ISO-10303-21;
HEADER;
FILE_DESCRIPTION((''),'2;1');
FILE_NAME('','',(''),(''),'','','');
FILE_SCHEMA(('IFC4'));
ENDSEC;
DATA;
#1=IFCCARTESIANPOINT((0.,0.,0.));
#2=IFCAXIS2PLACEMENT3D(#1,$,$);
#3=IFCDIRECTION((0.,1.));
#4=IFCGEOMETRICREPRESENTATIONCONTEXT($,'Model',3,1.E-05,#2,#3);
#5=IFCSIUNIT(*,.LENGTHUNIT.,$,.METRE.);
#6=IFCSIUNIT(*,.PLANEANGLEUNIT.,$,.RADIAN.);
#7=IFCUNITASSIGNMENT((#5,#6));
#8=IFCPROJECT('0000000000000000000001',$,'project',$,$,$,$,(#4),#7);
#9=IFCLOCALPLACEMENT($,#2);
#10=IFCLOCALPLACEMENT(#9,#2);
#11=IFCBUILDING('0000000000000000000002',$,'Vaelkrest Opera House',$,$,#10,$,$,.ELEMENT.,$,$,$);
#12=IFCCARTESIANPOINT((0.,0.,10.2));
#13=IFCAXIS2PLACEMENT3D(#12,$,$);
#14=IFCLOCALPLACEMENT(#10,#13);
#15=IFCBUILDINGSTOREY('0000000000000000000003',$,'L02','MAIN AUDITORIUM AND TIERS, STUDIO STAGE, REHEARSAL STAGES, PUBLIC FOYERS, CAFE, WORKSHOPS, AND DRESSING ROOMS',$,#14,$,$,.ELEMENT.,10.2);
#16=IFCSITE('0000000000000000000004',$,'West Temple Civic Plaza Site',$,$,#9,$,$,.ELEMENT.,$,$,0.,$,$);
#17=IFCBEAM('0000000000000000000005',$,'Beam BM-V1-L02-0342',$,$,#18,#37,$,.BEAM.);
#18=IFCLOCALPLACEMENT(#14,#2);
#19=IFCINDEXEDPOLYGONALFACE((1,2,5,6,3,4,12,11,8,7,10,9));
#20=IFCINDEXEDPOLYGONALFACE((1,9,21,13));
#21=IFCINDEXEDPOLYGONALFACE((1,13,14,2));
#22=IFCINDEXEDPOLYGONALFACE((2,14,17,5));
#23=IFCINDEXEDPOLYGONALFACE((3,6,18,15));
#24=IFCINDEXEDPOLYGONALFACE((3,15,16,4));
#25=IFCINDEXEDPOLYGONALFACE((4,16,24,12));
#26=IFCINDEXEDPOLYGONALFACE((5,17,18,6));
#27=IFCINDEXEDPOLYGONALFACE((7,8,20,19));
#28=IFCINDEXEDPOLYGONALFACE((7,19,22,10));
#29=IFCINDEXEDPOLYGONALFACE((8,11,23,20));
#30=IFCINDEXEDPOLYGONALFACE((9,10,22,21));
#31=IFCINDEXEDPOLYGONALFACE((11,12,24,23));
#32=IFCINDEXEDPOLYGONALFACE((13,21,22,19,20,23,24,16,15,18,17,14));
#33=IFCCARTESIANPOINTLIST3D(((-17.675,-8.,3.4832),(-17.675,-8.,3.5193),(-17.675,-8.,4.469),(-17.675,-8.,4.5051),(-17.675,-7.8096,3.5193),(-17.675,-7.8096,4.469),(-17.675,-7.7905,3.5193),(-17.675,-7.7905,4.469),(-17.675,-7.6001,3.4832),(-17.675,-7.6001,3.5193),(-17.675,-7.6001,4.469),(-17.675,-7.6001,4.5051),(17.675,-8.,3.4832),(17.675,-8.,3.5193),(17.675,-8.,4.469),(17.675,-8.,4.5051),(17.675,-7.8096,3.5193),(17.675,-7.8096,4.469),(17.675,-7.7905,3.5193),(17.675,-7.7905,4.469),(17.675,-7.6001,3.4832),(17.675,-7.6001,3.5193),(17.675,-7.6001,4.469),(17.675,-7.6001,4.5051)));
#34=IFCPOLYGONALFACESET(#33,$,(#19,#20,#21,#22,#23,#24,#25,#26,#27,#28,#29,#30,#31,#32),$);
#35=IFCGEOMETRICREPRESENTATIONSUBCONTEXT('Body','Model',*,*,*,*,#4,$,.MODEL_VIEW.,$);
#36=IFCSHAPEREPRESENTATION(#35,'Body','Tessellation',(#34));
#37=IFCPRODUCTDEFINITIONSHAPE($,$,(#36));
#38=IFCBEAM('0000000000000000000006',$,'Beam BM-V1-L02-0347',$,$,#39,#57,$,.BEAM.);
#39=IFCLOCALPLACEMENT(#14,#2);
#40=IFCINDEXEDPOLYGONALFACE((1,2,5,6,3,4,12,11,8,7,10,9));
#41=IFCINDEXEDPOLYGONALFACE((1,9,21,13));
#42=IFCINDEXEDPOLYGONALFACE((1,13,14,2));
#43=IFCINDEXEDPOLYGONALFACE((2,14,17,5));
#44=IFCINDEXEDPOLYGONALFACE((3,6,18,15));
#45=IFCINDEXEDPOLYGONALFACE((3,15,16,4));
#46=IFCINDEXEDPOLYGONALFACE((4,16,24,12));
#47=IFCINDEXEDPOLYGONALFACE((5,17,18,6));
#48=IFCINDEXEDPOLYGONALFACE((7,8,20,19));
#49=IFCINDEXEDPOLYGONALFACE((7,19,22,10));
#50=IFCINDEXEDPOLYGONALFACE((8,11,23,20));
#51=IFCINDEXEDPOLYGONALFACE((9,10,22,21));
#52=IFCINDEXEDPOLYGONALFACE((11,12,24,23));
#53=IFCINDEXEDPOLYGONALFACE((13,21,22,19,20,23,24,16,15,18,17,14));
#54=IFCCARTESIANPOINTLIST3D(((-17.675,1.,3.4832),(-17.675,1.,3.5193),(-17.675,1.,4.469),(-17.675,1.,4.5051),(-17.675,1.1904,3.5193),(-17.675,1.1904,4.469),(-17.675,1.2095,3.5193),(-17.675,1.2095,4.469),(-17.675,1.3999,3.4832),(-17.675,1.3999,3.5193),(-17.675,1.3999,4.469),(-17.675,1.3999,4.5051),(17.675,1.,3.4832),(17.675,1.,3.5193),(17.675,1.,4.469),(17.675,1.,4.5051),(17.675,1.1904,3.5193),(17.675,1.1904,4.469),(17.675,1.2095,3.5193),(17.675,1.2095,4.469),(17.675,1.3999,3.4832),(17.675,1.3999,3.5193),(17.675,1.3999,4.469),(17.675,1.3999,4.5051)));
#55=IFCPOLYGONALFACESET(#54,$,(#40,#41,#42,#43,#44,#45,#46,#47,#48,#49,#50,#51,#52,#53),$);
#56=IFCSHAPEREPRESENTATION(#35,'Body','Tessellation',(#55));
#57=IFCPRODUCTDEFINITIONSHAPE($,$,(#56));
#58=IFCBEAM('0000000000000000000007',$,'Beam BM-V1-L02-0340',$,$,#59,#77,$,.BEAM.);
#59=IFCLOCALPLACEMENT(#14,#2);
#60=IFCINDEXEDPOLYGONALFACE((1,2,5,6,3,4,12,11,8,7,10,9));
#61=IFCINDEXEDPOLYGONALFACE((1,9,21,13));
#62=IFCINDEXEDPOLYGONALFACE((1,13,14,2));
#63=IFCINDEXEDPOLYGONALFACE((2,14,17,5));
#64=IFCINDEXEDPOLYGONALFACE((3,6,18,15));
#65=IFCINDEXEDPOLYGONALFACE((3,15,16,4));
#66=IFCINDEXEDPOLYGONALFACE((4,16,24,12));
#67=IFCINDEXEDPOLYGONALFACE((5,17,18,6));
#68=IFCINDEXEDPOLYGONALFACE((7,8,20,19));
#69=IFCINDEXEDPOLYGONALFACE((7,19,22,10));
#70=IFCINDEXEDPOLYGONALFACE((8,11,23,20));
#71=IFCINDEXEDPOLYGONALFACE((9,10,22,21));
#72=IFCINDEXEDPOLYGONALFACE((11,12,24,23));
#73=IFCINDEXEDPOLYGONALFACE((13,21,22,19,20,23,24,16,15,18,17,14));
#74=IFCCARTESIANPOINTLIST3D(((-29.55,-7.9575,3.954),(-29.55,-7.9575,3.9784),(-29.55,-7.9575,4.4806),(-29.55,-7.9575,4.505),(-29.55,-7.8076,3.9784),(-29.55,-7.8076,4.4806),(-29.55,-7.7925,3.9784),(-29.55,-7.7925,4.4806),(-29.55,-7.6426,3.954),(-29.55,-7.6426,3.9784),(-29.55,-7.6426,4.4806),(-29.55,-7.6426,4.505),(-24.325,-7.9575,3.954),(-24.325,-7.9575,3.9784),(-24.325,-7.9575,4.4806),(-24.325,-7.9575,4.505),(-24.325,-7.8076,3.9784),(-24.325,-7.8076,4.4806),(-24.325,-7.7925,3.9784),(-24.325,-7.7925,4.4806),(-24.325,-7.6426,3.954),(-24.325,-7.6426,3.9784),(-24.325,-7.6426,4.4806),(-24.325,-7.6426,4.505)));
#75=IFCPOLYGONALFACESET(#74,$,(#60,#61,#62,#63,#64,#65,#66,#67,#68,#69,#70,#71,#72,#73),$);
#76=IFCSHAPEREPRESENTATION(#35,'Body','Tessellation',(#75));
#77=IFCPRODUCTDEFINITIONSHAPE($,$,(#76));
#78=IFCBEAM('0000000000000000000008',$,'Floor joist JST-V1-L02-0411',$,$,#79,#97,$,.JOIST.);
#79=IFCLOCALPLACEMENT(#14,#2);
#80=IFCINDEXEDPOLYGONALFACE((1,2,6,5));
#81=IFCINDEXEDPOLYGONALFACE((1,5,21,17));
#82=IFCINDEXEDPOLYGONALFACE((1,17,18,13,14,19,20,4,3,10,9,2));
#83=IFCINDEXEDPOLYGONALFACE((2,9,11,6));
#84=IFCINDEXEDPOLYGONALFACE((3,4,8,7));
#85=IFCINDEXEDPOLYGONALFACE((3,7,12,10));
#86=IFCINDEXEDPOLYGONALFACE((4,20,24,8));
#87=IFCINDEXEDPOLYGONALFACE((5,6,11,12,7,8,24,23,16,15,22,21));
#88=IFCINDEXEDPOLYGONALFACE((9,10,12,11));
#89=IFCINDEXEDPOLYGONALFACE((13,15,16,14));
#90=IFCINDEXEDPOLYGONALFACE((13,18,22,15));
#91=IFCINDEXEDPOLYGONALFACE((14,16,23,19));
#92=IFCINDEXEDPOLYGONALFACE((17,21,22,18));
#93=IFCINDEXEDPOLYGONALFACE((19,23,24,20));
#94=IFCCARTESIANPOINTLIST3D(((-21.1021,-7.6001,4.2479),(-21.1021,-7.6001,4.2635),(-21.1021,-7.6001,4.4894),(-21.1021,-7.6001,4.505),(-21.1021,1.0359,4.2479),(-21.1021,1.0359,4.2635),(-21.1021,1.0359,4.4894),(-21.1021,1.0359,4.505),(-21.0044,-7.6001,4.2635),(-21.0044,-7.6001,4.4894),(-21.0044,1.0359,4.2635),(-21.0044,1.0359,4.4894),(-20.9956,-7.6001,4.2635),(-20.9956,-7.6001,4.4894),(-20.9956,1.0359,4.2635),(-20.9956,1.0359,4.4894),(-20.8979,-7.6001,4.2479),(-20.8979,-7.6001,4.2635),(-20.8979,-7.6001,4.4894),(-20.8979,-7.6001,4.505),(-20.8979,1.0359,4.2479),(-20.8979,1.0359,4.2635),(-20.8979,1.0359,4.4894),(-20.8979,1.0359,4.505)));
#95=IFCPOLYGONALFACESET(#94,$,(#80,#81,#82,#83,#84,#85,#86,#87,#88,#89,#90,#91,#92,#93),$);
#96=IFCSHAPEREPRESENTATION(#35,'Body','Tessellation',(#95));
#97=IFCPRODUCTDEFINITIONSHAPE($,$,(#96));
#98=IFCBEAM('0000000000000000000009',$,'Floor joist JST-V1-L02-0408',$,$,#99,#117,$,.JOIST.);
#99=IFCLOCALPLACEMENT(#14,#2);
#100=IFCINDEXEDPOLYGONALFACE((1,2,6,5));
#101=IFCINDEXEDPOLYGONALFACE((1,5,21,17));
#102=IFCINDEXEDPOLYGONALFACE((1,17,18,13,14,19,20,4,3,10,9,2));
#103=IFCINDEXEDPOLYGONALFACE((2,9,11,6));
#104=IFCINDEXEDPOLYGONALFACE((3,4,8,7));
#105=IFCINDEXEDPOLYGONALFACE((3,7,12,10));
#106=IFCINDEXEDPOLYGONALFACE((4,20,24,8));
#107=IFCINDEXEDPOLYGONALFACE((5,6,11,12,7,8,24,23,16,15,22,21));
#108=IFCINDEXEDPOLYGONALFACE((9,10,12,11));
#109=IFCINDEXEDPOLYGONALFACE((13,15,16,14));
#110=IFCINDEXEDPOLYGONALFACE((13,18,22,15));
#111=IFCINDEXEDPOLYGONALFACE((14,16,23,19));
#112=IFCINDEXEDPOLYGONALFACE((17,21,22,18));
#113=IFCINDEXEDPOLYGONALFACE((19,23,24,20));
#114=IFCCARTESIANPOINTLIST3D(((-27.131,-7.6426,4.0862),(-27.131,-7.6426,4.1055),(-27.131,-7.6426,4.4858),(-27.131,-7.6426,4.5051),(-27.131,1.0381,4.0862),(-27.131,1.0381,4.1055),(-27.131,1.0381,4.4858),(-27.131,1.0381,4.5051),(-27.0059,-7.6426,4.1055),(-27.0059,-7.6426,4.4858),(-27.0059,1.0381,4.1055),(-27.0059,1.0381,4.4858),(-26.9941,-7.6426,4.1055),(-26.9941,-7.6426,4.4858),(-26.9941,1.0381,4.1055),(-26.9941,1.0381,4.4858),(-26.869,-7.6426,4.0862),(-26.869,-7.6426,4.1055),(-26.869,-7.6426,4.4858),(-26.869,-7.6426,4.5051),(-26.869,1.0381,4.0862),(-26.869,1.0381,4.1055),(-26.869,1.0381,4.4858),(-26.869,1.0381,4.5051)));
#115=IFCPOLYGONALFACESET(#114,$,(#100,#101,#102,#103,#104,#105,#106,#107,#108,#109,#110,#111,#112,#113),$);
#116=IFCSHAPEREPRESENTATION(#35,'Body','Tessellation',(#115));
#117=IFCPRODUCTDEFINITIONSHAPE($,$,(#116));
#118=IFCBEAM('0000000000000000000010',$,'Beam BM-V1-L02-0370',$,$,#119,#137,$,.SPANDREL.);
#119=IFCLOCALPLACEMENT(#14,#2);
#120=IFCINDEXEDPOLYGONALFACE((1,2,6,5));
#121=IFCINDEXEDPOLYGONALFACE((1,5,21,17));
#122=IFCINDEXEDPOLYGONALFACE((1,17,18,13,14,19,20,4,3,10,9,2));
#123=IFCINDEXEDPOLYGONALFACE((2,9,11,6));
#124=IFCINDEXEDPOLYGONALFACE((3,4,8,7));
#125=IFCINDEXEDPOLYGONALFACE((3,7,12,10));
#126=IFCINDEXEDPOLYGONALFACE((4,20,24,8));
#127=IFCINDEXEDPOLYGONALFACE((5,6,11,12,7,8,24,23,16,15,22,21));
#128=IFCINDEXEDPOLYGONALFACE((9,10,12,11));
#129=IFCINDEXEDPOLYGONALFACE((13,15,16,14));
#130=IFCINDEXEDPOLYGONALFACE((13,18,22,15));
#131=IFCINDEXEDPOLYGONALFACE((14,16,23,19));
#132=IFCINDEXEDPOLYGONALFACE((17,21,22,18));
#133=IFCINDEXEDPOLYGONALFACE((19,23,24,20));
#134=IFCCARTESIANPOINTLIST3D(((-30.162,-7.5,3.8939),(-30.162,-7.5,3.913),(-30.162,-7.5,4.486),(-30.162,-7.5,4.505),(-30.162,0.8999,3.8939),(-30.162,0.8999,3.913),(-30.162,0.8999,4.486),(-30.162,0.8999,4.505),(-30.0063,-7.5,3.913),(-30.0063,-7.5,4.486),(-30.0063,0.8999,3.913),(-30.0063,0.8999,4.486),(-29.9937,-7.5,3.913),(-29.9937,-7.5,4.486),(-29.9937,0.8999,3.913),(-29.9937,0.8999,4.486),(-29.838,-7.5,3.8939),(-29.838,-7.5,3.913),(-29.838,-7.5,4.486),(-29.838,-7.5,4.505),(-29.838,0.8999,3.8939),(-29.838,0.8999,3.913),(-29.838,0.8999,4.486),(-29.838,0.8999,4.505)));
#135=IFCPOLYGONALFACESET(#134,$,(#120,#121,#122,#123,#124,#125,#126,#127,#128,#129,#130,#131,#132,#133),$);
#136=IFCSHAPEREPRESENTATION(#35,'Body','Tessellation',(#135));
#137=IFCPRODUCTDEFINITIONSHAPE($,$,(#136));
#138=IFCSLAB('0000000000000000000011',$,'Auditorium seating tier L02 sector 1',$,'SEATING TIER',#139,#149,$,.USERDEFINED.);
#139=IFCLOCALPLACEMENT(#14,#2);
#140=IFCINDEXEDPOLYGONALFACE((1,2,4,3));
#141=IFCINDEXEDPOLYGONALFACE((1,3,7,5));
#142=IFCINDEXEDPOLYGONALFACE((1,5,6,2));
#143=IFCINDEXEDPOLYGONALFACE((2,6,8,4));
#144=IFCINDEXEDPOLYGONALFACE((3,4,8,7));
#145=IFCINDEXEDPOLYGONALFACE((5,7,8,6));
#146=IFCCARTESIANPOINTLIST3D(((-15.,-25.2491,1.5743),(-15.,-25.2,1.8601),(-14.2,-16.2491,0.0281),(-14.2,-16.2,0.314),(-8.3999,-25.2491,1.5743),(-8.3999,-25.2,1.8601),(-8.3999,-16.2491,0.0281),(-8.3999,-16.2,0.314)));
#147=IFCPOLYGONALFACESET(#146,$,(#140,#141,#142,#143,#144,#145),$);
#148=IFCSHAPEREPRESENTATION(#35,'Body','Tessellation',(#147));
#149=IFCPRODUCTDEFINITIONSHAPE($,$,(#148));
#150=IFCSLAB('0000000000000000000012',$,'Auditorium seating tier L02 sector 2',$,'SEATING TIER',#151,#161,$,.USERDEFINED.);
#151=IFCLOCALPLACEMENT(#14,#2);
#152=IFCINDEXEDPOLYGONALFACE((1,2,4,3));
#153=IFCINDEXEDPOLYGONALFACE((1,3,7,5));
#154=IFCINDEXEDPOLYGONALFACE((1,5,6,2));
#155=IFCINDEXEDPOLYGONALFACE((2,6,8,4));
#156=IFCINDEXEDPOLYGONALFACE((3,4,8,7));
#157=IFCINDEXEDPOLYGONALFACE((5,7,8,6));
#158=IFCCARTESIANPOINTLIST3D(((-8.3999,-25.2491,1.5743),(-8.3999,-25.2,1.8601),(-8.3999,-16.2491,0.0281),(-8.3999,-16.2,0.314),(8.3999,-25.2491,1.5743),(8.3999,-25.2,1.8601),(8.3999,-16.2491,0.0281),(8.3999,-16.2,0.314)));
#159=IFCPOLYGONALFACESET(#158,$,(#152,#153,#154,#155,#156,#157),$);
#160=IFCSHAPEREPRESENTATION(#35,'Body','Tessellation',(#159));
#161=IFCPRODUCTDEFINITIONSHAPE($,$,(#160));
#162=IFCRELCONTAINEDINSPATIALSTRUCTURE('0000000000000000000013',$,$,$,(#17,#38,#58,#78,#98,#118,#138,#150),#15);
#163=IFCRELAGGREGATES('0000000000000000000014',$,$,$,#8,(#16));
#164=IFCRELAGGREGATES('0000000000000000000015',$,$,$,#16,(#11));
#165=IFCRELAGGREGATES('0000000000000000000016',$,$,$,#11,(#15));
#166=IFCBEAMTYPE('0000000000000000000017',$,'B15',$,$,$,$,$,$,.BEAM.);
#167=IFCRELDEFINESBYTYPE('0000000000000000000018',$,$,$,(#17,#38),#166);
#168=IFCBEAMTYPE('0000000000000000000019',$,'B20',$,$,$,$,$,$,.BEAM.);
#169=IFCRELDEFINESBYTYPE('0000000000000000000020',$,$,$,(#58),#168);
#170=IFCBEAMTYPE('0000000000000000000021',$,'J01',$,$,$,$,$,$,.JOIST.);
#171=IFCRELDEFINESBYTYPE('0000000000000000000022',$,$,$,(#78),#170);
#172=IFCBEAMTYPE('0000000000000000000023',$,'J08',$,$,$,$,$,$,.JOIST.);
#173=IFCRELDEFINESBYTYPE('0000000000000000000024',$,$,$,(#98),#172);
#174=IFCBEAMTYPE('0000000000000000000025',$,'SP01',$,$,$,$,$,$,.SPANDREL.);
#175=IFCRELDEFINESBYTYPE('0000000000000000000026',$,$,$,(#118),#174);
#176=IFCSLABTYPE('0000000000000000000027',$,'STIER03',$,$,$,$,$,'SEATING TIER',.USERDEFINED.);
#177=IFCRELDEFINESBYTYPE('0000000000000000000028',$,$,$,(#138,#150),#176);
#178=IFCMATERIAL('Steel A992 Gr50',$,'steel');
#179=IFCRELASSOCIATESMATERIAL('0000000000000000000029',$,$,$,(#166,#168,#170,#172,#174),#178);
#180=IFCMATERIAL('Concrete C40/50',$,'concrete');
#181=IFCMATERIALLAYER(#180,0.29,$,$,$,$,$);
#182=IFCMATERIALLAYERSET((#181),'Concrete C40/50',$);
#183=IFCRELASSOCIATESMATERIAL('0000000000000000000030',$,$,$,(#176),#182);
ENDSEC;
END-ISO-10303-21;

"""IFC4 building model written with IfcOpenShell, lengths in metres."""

from ifc_helpers import new_model, si_unit, direction, frame, origin, origin_2d, place, context, subcontext, project, spatial, polyline, i_section, outline, extrude, material, layer, layer_set, material_profile, profile_set, type_object, element, save


model = new_model("IFC4")

# Units and contexts
model_context = context("Model", 3, precision=1e-05, world=origin(), true_north=direction((0.0, 1.0)))
body_context = subcontext(model_context, "Body", "Model", "MODEL_VIEW")
ifc_project = project(units=[si_unit("LENGTHUNIT", "METRE"), si_unit("PLANEANGLEUNIT", "RADIAN")], contexts=[model_context])

# Site, building, storey
site_placement = place(None, origin())
site = spatial("IfcSite", under=ifc_project, at=site_placement, Name="West Temple Civic Plaza Site", CompositionType="ELEMENT", RefElevation=0.0)
building_placement = place(site_placement, origin())
building = spatial("IfcBuilding", under=site, at=building_placement, Name="Vaelkrest Opera House", CompositionType="ELEMENT")
storey_placement = place(building_placement, frame((0.0, 0.0, 10.2)))
storey = spatial("IfcBuildingStorey", under=building, at=storey_placement, Name="L02", Description="MAIN AUDITORIUM AND TIERS, STUDIO STAGE, REHEARSAL STAGES, PUBLIC FOYERS, CAFE, WORKSHOPS, AND DRESSING ROOMS", CompositionType="ELEMENT", Elevation=10.2)

# Beams
ifc_material_1 = material(Name="Steel A992 Gr50", Category="steel")
ifc_material_profile_1 = material_profile(ifc_material_1, i_section(OverallWidth=0.3999, OverallDepth=1.022, WebThickness=0.019, FlangeThickness=0.0361, at=origin_2d()), Name="W40X249")
ifc_profile_set_1 = profile_set([ifc_material_profile_1], Name="Steel A992 Gr50")
beam_type_1 = type_object("IfcBeamType", Name="B15", PredefinedType="BEAM", material=ifc_profile_set_1)
for number, where, z_axis, x_axis, name in (
    (1, (-17.675, -7.8, 3.9941), (1.0, 0.0, 0.0), (0.0, 1.0, 0.0), "Beam BM-V1-L02-0342"),
    (2, (-17.675, 1.2, 3.9941), (1.0, 0.0, 0.0), (0.0, 1.0, 0.0), "Beam BM-V1-L02-0347"),
):
    element("IfcBeam", number, at=place(storey_placement, frame(where, z_axis=z_axis, x_axis=x_axis)), inside=storey, type_object=beam_type_1, Name=name, PredefinedType="BEAM", context=body_context, shape_type="SweptSolid", body=[
        extrude(i_section(OverallWidth=0.3999, OverallDepth=1.022, WebThickness=0.019, FlangeThickness=0.0361, at=origin_2d()), origin(), (0.0, 0.0, 1.0), 35.3501),
    ])
ifc_material_profile_2 = material_profile(ifc_material_1, i_section(OverallWidth=0.3149, OverallDepth=0.551, WebThickness=0.0151, FlangeThickness=0.0244, at=origin_2d()), Name="W21X122")
ifc_profile_set_2 = profile_set([ifc_material_profile_2], Name="Steel A992 Gr50")
beam_type_2 = type_object("IfcBeamType", Name="B20", PredefinedType="BEAM", material=ifc_profile_set_2)
beam_1_placement = place(storey_placement, frame((-29.55, -7.8, 4.2295), z_axis=(1.0, 0.0, 0.0), x_axis=(0.0, 1.0, 0.0)))
element("IfcBeam", 3, at=beam_1_placement, inside=storey, type_object=beam_type_2, Name="Beam BM-V1-L02-0340", PredefinedType="BEAM", context=body_context, shape_type="SweptSolid", body=[
    extrude(i_section(OverallWidth=0.3149, OverallDepth=0.551, WebThickness=0.0151, FlangeThickness=0.0244, at=origin_2d()), origin(), (0.0, 0.0, 1.0), 5.2251),
])
ifc_material_profile_3 = material_profile(ifc_material_1, i_section(OverallWidth=0.2041, OverallDepth=0.2571, WebThickness=0.0088, FlangeThickness=0.0156, at=origin_2d()), Name="W10X45")
ifc_profile_set_3 = profile_set([ifc_material_profile_3], Name="Steel A992 Gr50")
beam_type_3 = type_object("IfcBeamType", Name="J01", PredefinedType="JOIST", material=ifc_profile_set_3)
beam_2_placement = place(storey_placement, frame((-21.0, -7.6001, 4.3765), z_axis=(0.0, 1.0, 0.0), x_axis=(-1.0, 0.0, 0.0)))
element("IfcBeam", 4, at=beam_2_placement, inside=storey, type_object=beam_type_3, Name="Floor joist JST-V1-L02-0411", PredefinedType="JOIST", context=body_context, shape_type="SweptSolid", body=[
    extrude(i_section(OverallWidth=0.2041, OverallDepth=0.2571, WebThickness=0.0088, FlangeThickness=0.0156, at=origin_2d()), origin(), (0.0, 0.0, 1.0), 8.636),
])
ifc_material_profile_4 = material_profile(ifc_material_1, i_section(OverallWidth=0.262, OverallDepth=0.4189, WebThickness=0.0117, FlangeThickness=0.0193, at=origin_2d()), Name="W16X77")
ifc_profile_set_4 = profile_set([ifc_material_profile_4], Name="Steel A992 Gr50")
beam_type_4 = type_object("IfcBeamType", Name="J08", PredefinedType="JOIST", material=ifc_profile_set_4)
beam_3_placement = place(storey_placement, frame((-27.0, -7.6426, 4.2957), z_axis=(0.0, 1.0, 0.0), x_axis=(-1.0, 0.0, 0.0)))
element("IfcBeam", 5, at=beam_3_placement, inside=storey, type_object=beam_type_4, Name="Floor joist JST-V1-L02-0408", PredefinedType="JOIST", context=body_context, shape_type="SweptSolid", body=[
    extrude(i_section(OverallWidth=0.262, OverallDepth=0.4189, WebThickness=0.0117, FlangeThickness=0.0193, at=origin_2d()), origin(), (0.0, 0.0, 1.0), 8.6807),
])
ifc_material_profile_5 = material_profile(ifc_material_1, i_section(OverallWidth=0.324, OverallDepth=0.6111, WebThickness=0.0127, FlangeThickness=0.019, at=origin_2d()), Name="W24X104")
ifc_profile_set_5 = profile_set([ifc_material_profile_5], Name="Steel A992 Gr50")
beam_type_5 = type_object("IfcBeamType", Name="SP01", PredefinedType="SPANDREL", material=ifc_profile_set_5)
beam_4_placement = place(storey_placement, frame((-30.0, -7.5, 4.1995), z_axis=(0.0, 1.0, 0.0), x_axis=(-1.0, 0.0, 0.0)))
element("IfcBeam", 6, at=beam_4_placement, inside=storey, type_object=beam_type_5, Name="Beam BM-V1-L02-0370", PredefinedType="SPANDREL", context=body_context, shape_type="SweptSolid", body=[
    extrude(i_section(OverallWidth=0.324, OverallDepth=0.6111, WebThickness=0.0127, FlangeThickness=0.019, at=origin_2d()), origin(), (0.0, 0.0, 1.0), 8.3999),
])

# Slabs
ifc_material_2 = material(Name="Concrete C40/50", Category="concrete")
ifc_layer_1 = layer(ifc_material_2, 0.29)
ifc_layer_set_1 = layer_set([ifc_layer_1], Name="Concrete C40/50")
slab_type = type_object("IfcSlabType", Name="STIER03", ElementType="SEATING TIER", PredefinedType="USERDEFINED", material=ifc_layer_set_1)
slab_1_placement = place(storey_placement, frame((-14.2, -16.2, 0.314), z_axis=(0.0, 0.169313, 0.985562), x_axis=(1.0, 0.0, 0.0)))
element("IfcSlab", 7, at=slab_1_placement, inside=storey, type_object=slab_type, Name="Auditorium seating tier L02 sector 1", ObjectType="SEATING TIER", PredefinedType="USERDEFINED", context=body_context, shape_type="SweptSolid", body=[
    extrude(outline(polyline([(0.0, 0.0), (5.8, 0.0), (5.8, -9.1318), (-0.8, -9.1318), (0.0, 0.0)])), origin(), (0.0, 0.0, -1.0), 0.29),
])
slab_2_placement = place(storey_placement, frame((-8.3999, -16.2, 0.314), z_axis=(0.0, 0.169313, 0.985562), x_axis=(1.0, 0.0, 0.0)))
element("IfcSlab", 8, at=slab_2_placement, inside=storey, type_object=slab_type, Name="Auditorium seating tier L02 sector 2", ObjectType="SEATING TIER", PredefinedType="USERDEFINED", context=body_context, shape_type="SweptSolid", body=[
    extrude(outline(polyline([(0.0, 0.0), (16.7998, 0.0), (16.7998, -9.1318), (0.0, -9.1318), (0.0, 0.0)])), origin(), (0.0, 0.0, -1.0), 0.29),
])

save(model, "model.ifc")
